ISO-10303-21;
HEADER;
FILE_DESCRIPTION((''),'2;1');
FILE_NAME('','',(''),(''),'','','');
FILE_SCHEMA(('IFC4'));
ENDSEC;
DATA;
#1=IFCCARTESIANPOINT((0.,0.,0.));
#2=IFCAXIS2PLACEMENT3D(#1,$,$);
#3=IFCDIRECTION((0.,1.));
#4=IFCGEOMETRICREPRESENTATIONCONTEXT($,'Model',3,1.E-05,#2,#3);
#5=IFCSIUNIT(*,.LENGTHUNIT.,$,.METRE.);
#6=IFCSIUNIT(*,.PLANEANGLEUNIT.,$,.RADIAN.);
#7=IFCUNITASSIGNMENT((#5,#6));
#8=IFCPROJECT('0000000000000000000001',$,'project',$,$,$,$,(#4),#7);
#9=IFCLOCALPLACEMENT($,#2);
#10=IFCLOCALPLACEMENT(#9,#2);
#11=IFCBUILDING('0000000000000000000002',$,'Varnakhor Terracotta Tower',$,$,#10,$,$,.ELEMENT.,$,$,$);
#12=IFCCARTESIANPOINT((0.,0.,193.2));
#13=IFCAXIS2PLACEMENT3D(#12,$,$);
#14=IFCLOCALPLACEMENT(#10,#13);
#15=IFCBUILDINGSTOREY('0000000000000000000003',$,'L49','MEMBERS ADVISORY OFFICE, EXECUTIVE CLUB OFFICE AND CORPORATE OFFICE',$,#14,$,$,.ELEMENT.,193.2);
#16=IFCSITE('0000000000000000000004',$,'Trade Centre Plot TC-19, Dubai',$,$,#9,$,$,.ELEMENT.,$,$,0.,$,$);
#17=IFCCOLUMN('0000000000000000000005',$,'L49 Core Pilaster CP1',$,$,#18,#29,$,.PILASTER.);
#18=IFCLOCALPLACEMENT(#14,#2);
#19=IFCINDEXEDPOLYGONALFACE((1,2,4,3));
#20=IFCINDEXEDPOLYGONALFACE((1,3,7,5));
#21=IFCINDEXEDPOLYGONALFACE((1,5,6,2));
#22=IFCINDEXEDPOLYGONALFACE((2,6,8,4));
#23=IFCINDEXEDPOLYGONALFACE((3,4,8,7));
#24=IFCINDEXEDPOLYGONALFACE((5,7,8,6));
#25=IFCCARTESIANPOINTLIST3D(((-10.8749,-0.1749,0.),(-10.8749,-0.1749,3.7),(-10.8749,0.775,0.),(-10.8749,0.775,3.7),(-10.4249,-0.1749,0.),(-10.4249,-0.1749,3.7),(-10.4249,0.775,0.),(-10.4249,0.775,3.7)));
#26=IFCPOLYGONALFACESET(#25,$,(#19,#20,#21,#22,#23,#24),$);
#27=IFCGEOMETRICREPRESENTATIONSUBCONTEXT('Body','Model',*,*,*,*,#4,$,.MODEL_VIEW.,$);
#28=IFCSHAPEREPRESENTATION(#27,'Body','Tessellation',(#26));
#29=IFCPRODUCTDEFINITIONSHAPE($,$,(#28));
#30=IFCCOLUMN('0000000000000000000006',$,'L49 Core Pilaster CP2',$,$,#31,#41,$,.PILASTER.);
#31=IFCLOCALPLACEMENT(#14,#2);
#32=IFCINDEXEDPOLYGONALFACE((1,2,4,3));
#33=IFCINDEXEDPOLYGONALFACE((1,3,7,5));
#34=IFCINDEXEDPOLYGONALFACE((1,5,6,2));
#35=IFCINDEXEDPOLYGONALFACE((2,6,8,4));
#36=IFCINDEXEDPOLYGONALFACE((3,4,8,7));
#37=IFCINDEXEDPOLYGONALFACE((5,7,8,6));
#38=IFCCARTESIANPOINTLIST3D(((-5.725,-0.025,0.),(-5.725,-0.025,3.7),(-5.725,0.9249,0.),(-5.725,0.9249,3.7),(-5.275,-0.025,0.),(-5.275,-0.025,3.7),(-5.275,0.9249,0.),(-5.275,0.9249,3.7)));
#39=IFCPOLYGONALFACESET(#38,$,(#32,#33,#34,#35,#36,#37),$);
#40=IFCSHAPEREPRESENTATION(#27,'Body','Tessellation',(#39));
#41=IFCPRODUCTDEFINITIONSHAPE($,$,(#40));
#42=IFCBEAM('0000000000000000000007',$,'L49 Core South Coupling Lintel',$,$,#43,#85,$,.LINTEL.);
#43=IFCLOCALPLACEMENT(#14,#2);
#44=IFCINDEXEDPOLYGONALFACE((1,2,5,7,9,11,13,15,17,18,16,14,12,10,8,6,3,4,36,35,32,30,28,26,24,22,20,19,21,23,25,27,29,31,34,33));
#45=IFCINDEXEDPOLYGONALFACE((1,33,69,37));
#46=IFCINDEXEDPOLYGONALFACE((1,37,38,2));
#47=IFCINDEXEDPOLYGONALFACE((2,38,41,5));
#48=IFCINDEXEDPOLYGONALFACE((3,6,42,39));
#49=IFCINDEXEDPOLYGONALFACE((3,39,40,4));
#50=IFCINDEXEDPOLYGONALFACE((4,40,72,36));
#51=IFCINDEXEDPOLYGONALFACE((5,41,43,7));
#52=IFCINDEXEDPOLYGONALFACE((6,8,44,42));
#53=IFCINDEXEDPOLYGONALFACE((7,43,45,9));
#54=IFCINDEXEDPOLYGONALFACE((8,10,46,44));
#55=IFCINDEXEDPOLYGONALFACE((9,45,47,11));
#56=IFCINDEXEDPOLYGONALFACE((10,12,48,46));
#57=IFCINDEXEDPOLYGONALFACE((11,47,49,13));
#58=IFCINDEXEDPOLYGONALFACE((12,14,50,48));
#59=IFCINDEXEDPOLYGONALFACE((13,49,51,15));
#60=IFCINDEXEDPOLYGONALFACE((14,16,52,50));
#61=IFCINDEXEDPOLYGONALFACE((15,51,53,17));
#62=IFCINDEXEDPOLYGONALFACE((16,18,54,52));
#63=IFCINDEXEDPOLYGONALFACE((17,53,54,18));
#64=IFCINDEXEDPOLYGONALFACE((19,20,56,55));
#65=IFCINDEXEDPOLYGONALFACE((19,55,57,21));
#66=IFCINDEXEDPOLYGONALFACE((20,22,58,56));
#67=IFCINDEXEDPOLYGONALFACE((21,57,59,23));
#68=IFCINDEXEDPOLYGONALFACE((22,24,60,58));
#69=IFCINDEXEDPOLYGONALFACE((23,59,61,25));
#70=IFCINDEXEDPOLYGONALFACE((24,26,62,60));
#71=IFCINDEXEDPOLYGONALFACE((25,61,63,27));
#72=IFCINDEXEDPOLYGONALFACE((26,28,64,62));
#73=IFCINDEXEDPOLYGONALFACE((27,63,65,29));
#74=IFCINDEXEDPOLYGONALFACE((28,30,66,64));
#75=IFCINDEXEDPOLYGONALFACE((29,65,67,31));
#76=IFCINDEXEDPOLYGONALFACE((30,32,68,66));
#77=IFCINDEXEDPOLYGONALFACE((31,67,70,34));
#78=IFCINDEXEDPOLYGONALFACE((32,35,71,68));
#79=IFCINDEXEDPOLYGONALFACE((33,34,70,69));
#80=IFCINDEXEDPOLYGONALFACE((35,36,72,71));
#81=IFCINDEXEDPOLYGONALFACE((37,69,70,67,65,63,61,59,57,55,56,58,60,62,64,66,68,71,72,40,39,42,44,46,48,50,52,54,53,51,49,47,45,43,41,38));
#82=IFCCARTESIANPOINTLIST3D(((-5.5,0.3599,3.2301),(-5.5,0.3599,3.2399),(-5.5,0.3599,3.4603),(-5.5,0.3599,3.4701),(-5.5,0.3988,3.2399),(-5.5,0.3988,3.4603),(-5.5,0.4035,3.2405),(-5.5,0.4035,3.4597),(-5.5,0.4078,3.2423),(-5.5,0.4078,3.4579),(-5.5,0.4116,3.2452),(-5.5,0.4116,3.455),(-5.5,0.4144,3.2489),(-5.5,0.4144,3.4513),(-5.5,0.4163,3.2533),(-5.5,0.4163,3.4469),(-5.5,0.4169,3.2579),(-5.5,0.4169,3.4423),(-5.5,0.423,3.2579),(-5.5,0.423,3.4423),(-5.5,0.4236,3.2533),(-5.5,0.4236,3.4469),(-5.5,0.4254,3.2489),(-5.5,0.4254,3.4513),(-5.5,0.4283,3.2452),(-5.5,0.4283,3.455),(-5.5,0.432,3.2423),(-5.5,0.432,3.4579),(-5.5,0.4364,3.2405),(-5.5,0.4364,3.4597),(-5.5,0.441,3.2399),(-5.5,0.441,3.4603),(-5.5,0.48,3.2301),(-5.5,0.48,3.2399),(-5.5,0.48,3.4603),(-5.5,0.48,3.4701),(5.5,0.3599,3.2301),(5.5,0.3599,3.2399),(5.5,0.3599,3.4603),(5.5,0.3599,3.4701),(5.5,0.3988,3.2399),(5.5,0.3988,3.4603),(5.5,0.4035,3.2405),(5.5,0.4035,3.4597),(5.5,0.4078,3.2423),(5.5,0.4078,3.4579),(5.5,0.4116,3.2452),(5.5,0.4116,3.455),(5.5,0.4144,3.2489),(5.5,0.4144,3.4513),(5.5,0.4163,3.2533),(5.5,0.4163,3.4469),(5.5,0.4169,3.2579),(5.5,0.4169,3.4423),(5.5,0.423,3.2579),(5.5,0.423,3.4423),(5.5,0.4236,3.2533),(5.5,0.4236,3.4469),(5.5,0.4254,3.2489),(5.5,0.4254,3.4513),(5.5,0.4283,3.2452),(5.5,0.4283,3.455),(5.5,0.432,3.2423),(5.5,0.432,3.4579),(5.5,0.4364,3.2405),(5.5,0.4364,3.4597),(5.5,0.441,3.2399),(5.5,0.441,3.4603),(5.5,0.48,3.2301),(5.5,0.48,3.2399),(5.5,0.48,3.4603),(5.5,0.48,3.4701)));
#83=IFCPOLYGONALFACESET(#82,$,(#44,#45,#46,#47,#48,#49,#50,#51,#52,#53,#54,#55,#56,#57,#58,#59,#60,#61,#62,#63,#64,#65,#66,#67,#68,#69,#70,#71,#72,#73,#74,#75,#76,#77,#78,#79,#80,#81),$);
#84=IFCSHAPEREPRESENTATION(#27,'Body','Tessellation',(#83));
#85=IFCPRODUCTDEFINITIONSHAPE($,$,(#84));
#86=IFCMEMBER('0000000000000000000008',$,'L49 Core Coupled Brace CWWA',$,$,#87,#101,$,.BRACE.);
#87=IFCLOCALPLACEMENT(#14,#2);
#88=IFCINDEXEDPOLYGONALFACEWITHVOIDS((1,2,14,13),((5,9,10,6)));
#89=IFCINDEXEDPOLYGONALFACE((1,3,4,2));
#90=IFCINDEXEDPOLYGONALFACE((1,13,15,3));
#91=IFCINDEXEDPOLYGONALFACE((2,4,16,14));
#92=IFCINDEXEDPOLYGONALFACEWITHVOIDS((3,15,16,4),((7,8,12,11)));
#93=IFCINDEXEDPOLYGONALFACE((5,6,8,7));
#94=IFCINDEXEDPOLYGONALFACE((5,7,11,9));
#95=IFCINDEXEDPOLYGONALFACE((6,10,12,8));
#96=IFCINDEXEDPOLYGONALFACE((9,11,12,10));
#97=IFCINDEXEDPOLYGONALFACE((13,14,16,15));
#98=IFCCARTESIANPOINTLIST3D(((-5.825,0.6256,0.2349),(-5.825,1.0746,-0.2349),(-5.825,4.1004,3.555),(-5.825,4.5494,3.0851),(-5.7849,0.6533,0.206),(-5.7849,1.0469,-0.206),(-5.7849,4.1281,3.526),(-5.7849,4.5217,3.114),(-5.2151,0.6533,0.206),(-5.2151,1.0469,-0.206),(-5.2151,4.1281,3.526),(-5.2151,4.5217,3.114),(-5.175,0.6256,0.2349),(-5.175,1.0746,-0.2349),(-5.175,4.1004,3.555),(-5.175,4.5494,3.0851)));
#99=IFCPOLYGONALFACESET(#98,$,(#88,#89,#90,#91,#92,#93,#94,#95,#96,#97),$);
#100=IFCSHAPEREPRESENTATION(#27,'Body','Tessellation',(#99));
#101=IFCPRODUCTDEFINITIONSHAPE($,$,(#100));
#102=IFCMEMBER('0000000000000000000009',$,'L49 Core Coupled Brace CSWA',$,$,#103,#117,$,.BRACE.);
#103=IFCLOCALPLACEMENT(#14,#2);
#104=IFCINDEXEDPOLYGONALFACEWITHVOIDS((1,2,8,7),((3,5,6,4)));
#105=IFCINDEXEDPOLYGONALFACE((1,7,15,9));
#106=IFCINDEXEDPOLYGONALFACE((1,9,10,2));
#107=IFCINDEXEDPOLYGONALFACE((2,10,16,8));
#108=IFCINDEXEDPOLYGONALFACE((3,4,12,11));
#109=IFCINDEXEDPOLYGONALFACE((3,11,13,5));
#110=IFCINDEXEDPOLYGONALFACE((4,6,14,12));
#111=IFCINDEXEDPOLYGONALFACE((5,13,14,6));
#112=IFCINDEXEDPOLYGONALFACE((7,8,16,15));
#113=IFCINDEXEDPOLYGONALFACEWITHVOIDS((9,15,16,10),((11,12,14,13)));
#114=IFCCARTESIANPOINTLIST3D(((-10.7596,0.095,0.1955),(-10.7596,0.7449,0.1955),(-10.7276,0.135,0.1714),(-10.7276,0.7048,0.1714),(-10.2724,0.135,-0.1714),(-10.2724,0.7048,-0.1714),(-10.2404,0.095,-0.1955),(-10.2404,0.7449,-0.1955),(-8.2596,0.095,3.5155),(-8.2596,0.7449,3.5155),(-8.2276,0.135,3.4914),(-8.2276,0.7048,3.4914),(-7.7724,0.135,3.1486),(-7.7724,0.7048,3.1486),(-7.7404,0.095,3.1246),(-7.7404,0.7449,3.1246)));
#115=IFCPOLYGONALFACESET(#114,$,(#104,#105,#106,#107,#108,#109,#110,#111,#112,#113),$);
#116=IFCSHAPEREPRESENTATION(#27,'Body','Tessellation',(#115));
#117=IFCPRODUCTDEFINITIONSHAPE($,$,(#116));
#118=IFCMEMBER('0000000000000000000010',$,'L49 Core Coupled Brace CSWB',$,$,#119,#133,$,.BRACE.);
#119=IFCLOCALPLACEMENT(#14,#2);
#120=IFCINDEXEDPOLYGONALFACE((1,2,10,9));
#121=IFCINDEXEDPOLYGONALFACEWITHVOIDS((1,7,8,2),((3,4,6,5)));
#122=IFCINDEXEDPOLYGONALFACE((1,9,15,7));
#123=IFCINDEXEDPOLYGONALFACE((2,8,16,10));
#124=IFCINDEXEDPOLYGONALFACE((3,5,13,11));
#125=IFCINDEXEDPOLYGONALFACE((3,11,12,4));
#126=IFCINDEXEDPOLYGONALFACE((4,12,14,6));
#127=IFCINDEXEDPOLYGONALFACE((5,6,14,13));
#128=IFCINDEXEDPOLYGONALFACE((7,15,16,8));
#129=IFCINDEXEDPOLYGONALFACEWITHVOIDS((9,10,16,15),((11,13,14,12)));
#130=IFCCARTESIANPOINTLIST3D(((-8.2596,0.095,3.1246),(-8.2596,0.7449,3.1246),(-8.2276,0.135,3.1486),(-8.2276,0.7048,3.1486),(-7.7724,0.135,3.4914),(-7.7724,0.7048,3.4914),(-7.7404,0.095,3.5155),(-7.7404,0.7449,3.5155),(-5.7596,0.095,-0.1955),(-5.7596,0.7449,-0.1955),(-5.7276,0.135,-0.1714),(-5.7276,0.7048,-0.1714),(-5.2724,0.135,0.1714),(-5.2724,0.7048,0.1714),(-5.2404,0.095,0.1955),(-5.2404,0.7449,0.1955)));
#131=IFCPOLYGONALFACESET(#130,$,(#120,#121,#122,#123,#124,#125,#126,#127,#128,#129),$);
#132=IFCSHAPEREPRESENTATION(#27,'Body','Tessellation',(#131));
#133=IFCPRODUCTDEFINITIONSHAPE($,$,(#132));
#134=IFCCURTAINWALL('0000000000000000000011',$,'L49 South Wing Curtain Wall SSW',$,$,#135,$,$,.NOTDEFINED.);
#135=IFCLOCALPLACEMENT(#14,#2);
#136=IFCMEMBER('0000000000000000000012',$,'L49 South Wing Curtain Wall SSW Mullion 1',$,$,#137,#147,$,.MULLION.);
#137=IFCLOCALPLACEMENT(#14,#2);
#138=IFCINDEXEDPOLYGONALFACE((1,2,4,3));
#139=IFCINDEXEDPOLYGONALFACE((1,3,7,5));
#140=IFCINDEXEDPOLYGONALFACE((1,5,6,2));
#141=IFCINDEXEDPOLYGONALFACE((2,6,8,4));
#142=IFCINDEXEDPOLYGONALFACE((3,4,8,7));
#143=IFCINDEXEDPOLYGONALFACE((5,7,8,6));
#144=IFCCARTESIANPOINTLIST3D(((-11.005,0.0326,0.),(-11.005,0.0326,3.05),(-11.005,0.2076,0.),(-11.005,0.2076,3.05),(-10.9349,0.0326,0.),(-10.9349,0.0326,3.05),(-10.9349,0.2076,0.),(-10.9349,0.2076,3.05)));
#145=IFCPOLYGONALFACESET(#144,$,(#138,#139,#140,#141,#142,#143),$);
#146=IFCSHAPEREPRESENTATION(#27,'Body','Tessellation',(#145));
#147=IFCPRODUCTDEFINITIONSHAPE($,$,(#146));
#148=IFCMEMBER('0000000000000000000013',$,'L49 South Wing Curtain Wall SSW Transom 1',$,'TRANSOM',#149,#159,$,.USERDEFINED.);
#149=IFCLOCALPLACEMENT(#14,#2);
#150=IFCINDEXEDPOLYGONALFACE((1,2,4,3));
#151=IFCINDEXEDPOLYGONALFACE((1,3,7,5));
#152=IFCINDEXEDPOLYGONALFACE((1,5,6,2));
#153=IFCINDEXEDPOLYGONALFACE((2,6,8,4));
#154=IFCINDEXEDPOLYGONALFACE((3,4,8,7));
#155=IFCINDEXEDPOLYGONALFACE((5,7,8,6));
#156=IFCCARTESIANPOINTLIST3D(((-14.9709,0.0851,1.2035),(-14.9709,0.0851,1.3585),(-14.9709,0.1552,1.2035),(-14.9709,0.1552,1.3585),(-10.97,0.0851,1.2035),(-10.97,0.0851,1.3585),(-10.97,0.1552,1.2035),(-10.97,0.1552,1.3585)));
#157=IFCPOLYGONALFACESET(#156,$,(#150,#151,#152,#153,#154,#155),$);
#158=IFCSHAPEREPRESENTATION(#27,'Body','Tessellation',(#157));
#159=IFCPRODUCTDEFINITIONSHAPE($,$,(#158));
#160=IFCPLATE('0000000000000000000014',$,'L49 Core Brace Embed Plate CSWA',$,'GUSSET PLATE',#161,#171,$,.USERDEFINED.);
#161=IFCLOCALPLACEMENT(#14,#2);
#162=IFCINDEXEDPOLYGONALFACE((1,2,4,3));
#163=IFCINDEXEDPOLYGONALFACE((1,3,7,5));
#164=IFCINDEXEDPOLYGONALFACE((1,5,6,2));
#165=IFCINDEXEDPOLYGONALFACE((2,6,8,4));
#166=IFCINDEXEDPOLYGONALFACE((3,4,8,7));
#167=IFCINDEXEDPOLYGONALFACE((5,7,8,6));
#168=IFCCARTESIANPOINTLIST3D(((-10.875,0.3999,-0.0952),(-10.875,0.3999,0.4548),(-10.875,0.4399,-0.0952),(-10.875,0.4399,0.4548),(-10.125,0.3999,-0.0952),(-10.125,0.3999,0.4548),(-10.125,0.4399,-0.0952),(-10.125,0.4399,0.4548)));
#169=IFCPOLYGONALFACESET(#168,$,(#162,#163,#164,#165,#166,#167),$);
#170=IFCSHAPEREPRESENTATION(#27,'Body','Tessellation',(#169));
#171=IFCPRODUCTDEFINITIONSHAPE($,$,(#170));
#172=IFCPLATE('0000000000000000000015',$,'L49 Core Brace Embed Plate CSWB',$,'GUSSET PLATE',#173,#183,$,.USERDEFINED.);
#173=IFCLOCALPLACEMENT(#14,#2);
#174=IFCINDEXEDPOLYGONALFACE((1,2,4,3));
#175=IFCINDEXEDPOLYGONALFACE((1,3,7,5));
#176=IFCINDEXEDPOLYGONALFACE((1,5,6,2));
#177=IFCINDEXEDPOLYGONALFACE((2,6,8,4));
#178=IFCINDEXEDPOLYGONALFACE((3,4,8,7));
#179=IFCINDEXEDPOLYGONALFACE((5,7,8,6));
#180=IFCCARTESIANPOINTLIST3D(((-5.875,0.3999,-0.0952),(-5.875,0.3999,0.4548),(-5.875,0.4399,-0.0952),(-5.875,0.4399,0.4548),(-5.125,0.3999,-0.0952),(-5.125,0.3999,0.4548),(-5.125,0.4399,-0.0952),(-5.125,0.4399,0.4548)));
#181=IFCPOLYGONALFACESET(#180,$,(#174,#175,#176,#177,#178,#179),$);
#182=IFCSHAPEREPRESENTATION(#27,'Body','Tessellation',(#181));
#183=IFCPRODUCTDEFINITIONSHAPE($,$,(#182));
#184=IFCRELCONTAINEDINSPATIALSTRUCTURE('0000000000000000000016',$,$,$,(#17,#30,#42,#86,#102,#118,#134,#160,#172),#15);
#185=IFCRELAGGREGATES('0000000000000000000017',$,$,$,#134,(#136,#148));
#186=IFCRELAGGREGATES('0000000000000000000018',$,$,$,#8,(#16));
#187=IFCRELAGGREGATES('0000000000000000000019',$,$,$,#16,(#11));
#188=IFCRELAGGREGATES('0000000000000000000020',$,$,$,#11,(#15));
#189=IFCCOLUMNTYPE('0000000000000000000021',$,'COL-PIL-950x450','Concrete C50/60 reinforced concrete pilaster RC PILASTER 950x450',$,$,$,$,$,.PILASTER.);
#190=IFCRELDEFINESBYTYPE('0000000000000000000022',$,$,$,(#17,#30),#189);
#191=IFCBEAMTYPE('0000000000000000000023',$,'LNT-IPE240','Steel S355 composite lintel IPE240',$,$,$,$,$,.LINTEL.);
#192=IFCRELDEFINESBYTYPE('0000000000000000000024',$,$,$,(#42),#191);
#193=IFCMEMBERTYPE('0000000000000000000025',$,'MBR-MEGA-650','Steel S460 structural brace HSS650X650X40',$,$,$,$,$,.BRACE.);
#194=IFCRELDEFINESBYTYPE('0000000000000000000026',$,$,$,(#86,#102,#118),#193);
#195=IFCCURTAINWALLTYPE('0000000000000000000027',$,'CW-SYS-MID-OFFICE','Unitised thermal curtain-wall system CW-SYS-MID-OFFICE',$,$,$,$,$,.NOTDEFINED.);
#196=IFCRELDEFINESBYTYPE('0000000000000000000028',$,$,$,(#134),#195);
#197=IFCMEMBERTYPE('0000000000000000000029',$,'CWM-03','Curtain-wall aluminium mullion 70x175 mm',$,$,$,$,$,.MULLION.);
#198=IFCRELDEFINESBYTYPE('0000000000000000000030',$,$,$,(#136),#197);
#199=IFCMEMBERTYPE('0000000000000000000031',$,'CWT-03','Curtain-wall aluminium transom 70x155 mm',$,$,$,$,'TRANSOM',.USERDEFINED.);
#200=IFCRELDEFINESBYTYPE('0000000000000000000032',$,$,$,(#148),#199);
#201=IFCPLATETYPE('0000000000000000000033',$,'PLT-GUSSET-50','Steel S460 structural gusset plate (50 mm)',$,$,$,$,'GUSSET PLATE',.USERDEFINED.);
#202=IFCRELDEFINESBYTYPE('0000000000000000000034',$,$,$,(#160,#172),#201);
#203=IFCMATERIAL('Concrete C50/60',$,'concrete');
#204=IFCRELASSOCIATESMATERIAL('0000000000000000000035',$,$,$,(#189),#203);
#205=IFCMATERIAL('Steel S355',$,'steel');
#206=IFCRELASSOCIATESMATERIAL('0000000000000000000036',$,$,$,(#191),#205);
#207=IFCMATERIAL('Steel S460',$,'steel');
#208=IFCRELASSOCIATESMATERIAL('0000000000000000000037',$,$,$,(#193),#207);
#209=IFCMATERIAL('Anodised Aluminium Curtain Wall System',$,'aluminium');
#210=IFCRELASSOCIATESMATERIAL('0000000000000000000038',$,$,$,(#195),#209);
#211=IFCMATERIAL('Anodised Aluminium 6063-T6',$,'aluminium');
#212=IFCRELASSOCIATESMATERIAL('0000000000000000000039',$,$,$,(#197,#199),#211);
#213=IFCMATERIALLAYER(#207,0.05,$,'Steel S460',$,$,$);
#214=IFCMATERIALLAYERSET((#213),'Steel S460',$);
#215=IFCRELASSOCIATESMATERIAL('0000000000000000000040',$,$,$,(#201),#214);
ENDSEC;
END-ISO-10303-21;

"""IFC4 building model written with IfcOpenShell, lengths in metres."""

from ifc_helpers import new_model, si_unit, direction, frame, origin, origin_2d, place, context, subcontext, project, spatial, rectangle, hollow_rectangle, i_section, extrude, source, transform, mapped, material, layer, layer_set, material_profile, profile_set, type_object, type_shapes, element, aggregate, save


model = new_model("IFC4")

# Units and contexts
model_context = context("Model", 3, precision=1e-05, world=origin(), true_north=direction((0.0, 1.0)))
body_context = subcontext(model_context, "Body", "Model", "MODEL_VIEW")
ifc_project = project(units=[si_unit("LENGTHUNIT", "METRE"), si_unit("PLANEANGLEUNIT", "RADIAN")], contexts=[model_context])

# Site, building, storey
site_placement = place(None, origin())
site = spatial("IfcSite", under=ifc_project, at=site_placement, Name="Trade Centre Plot TC-19, Dubai", CompositionType="ELEMENT", RefElevation=0.0)
building_placement = place(site_placement, origin())
building = spatial("IfcBuilding", under=site, at=building_placement, Name="Varnakhor Terracotta Tower", CompositionType="ELEMENT")
storey_placement = place(building_placement, frame((0.0, 0.0, 193.2)))
storey = spatial("IfcBuildingStorey", under=building, at=storey_placement, Name="L49", Description="MEMBERS ADVISORY OFFICE, EXECUTIVE CLUB OFFICE AND CORPORATE OFFICE", CompositionType="ELEMENT", Elevation=193.2)

# Columns
ifc_material_1 = material(Name="Concrete C50/60", Category="concrete")
ifc_material_profile_1 = material_profile(ifc_material_1, rectangle(XDim=0.45, YDim=0.95, at=origin_2d()), Name="RC PILASTER 950x450")
ifc_profile_set_1 = profile_set([ifc_material_profile_1], Name="Concrete C50/60")
column_type = type_object("IfcColumnType", Name="COL-PIL-950x450", Description="Concrete C50/60 reinforced concrete pilaster RC PILASTER 950x450", PredefinedType="PILASTER", material=ifc_profile_set_1)
shared_shape_1 = source(origin(), body_context, "Body", "SweptSolid", [
    extrude(rectangle(XDim=0.45, YDim=0.95, at=origin_2d()), origin(), (0.0, 0.0, 1.0), 3.7),
])
for number, where, z_axis, x_axis, name in (
    (1, (-10.6499, 0.3, 0.0), (0.0, 0.0, 1.0), (1.0, 0.0, 0.0), "L49 Core Pilaster CP1"),
    (2, (-5.5, 0.45, 0.0), (0.0, 0.0, 1.0), (1.0, 0.0, 0.0), "L49 Core Pilaster CP2"),
):
    element("IfcColumn", number, at=place(storey_placement, frame(where, z_axis=z_axis, x_axis=x_axis)), inside=storey, type_object=column_type, Name=name, PredefinedType="PILASTER", context=body_context, shape_type="MappedRepresentation", body=[
        mapped(shared_shape_1, transform((0.0, 0.0, 0.0), scale=1.0)),
    ])

# Beam
ifc_material_2 = material(Name="Steel S355", Category="steel")
ifc_material_profile_2 = material_profile(ifc_material_2, i_section(OverallWidth=0.1201, OverallDepth=0.24, WebThickness=0.0061, FlangeThickness=0.0098, FilletRadius=0.0181, at=origin_2d()), Name="IPE240")
ifc_profile_set_2 = profile_set([ifc_material_profile_2], Name="Steel S355")
beam_type = type_object("IfcBeamType", Name="LNT-IPE240", Description="Steel S355 composite lintel IPE240", PredefinedType="LINTEL", material=ifc_profile_set_2)
shared_shape_2 = source(origin(), body_context, "Body", "SweptSolid", [
    extrude(i_section(OverallWidth=0.1201, OverallDepth=0.24, WebThickness=0.0061, FlangeThickness=0.0098, FilletRadius=0.0181, at=origin_2d()), origin(), (0.0, 0.0, 1.0), 11.0),
])
type_shapes(beam_type, [shared_shape_2])
beam_placement = place(storey_placement, frame((-5.5, 0.4199, 3.3501), z_axis=(1.0, 0.0, 0.0), x_axis=(0.0, 1.0, 0.0)))
element("IfcBeam", 3, at=beam_placement, inside=storey, type_object=beam_type, Name="L49 Core South Coupling Lintel", PredefinedType="LINTEL", context=body_context, shape_type="MappedRepresentation", body=[
    mapped(shared_shape_2, transform((0.0, 0.0, 0.0), scale=1.0)),
])

# Members
ifc_material_3 = material(Name="Steel S460", Category="steel")
ifc_material_profile_3 = material_profile(ifc_material_3, hollow_rectangle(XDim=0.6499, YDim=0.6499, WallThickness=0.04, at=origin_2d()), Name="HSS650X650X40")
ifc_profile_set_3 = profile_set([ifc_material_profile_3], Name="Steel S460")
member_type_1 = type_object("IfcMemberType", Name="MBR-MEGA-650", Description="Steel S460 structural brace HSS650X650X40", PredefinedType="BRACE", material=ifc_profile_set_3)
shared_shape_3 = source(origin(), body_context, "Body", "SweptSolid", [
    extrude(hollow_rectangle(XDim=0.6499, YDim=0.6499, WallThickness=0.04, at=origin_2d()), origin(), (0.0, 0.0, 1.0), 4.8059),
])
member_1_placement = place(storey_placement, frame((-5.5, 0.8501, 0.0), z_axis=(0.0, 0.723027, 0.69082), x_axis=(-1.0, 0.0, 0.0)))
element("IfcMember", 4, at=member_1_placement, inside=storey, type_object=member_type_1, Name="L49 Core Coupled Brace CWWA", PredefinedType="BRACE", context=body_context, shape_type="MappedRepresentation", body=[
    mapped(shared_shape_3, transform((0.0, 0.0, 0.0), scale=1.0)),
])
shared_shape_4 = source(origin(), body_context, "Body", "SweptSolid", [
    extrude(hollow_rectangle(XDim=0.6499, YDim=0.6499, WallThickness=0.04, at=origin_2d()), origin(), (0.0, 0.0, 1.0), 4.156),
])
for number, where, z_axis, x_axis, name in (
    (5, (-10.5, 0.4199, 0.0), (0.601531, 0.0, 0.79885), (0.0, 1.0, 0.0), "L49 Core Coupled Brace CSWA"),
    (6, (-5.5, 0.4199, 0.0), (-0.601531, 0.0, 0.79885), (0.0, -1.0, 0.0), "L49 Core Coupled Brace CSWB"),
):
    element("IfcMember", number, at=place(storey_placement, frame(where, z_axis=z_axis, x_axis=x_axis)), inside=storey, type_object=member_type_1, Name=name, PredefinedType="BRACE", context=body_context, shape_type="MappedRepresentation", body=[
        mapped(shared_shape_4, transform((0.0, 0.0, 0.0), scale=1.0)),
    ])

# Curtain wall, members
ifc_material_4 = material(Name="Anodised Aluminium Curtain Wall System", Category="aluminium")
curtain_wall_type = type_object("IfcCurtainWallType", Name="CW-SYS-MID-OFFICE", Description="Unitised thermal curtain-wall system CW-SYS-MID-OFFICE", PredefinedType="NOTDEFINED", material=ifc_material_4)
curtain_wall_placement = place(storey_placement, origin())
curtain_wall = element("IfcCurtainWall", 7, at=curtain_wall_placement, inside=storey, type_object=curtain_wall_type, Name="L49 South Wing Curtain Wall SSW", PredefinedType="NOTDEFINED")
ifc_material_5 = material(Name="Anodised Aluminium 6063-T6", Category="aluminium")
ifc_material_profile_4 = material_profile(ifc_material_5, rectangle(XDim=0.0701, YDim=0.175, at=origin_2d()), Name="ALU MULLION 70x175")
ifc_profile_set_4 = profile_set([ifc_material_profile_4], Name="Anodised Aluminium 6063-T6")
member_type_2 = type_object("IfcMemberType", Name="CWM-03", Description="Curtain-wall aluminium mullion 70x175 mm", PredefinedType="MULLION", material=ifc_profile_set_4)
shared_shape_5 = source(origin(), body_context, "Body", "SweptSolid", [
    extrude(rectangle(XDim=0.0701, YDim=0.175, at=origin_2d()), origin(), (0.0, 0.0, 1.0), 3.05),
])
member_2_placement = place(storey_placement, frame((-10.97, 0.1201, 0.0), z_axis=(0.0, 0.0, 1.0), x_axis=(1.0, 0.0, 0.0)))
member_2 = element("IfcMember", 8, at=member_2_placement, type_object=member_type_2, Name="L49 South Wing Curtain Wall SSW Mullion 1", PredefinedType="MULLION", context=body_context, shape_type="MappedRepresentation", body=[
    mapped(shared_shape_5, transform((0.0, 0.0, 0.0), scale=1.0)),
])
ifc_material_profile_5 = material_profile(ifc_material_5, rectangle(XDim=0.0701, YDim=0.155, at=origin_2d()), Name="ALU TRANSOM 70x155")
ifc_profile_set_5 = profile_set([ifc_material_profile_5], Name="Anodised Aluminium 6063-T6")
member_type_3 = type_object("IfcMemberType", Name="CWT-03", Description="Curtain-wall aluminium transom 70x155 mm", ElementType="TRANSOM", PredefinedType="USERDEFINED", material=ifc_profile_set_5)
shared_shape_6 = source(origin(), body_context, "Body", "SweptSolid", [
    extrude(rectangle(XDim=0.0701, YDim=0.155, at=origin_2d()), origin(), (0.0, 0.0, 1.0), 4.001),
])
member_3_placement = place(storey_placement, frame((-10.97, 0.1201, 1.281), z_axis=(-1.0, 0.0, 0.0), x_axis=(0.0, -1.0, 0.0)))
member_3 = element("IfcMember", 9, at=member_3_placement, type_object=member_type_3, Name="L49 South Wing Curtain Wall SSW Transom 1", ObjectType="TRANSOM", PredefinedType="USERDEFINED", context=body_context, shape_type="MappedRepresentation", body=[
    mapped(shared_shape_6, transform((0.0, 0.0, 0.0), scale=1.0)),
])
aggregate(curtain_wall, [member_2, member_3])

# Plates
ifc_layer_1 = layer(ifc_material_3, 0.05, Name="Steel S460")
ifc_layer_set_1 = layer_set([ifc_layer_1], Name="Steel S460")
plate_type = type_object("IfcPlateType", Name="PLT-GUSSET-50", Description="Steel S460 structural gusset plate (50 mm)", ElementType="GUSSET PLATE", PredefinedType="USERDEFINED", material=ifc_layer_set_1)
shared_shape_7 = source(origin(), body_context, "Body", "SweptSolid", [
    extrude(rectangle(XDim=0.75, YDim=0.04, at=origin_2d()), origin(), (0.0, 0.0, 1.0), 0.55),
])
type_shapes(plate_type, [shared_shape_7])
for number, where, z_axis, x_axis, name in (
    (10, (-10.5, 0.4199, -0.0952), (0.0, 0.0, 1.0), (1.0, 0.0, 0.0), "L49 Core Brace Embed Plate CSWA"),
    (11, (-5.5, 0.4199, -0.0952), (0.0, 0.0, 1.0), (1.0, 0.0, 0.0), "L49 Core Brace Embed Plate CSWB"),
):
    element("IfcPlate", number, at=place(storey_placement, frame(where, z_axis=z_axis, x_axis=x_axis)), inside=storey, type_object=plate_type, Name=name, ObjectType="GUSSET PLATE", PredefinedType="USERDEFINED", context=body_context, shape_type="MappedRepresentation", body=[
        mapped(shared_shape_7, transform((0.0, 0.0, 0.0), scale=1.0)),
    ])

save(model, "model.ifc")
